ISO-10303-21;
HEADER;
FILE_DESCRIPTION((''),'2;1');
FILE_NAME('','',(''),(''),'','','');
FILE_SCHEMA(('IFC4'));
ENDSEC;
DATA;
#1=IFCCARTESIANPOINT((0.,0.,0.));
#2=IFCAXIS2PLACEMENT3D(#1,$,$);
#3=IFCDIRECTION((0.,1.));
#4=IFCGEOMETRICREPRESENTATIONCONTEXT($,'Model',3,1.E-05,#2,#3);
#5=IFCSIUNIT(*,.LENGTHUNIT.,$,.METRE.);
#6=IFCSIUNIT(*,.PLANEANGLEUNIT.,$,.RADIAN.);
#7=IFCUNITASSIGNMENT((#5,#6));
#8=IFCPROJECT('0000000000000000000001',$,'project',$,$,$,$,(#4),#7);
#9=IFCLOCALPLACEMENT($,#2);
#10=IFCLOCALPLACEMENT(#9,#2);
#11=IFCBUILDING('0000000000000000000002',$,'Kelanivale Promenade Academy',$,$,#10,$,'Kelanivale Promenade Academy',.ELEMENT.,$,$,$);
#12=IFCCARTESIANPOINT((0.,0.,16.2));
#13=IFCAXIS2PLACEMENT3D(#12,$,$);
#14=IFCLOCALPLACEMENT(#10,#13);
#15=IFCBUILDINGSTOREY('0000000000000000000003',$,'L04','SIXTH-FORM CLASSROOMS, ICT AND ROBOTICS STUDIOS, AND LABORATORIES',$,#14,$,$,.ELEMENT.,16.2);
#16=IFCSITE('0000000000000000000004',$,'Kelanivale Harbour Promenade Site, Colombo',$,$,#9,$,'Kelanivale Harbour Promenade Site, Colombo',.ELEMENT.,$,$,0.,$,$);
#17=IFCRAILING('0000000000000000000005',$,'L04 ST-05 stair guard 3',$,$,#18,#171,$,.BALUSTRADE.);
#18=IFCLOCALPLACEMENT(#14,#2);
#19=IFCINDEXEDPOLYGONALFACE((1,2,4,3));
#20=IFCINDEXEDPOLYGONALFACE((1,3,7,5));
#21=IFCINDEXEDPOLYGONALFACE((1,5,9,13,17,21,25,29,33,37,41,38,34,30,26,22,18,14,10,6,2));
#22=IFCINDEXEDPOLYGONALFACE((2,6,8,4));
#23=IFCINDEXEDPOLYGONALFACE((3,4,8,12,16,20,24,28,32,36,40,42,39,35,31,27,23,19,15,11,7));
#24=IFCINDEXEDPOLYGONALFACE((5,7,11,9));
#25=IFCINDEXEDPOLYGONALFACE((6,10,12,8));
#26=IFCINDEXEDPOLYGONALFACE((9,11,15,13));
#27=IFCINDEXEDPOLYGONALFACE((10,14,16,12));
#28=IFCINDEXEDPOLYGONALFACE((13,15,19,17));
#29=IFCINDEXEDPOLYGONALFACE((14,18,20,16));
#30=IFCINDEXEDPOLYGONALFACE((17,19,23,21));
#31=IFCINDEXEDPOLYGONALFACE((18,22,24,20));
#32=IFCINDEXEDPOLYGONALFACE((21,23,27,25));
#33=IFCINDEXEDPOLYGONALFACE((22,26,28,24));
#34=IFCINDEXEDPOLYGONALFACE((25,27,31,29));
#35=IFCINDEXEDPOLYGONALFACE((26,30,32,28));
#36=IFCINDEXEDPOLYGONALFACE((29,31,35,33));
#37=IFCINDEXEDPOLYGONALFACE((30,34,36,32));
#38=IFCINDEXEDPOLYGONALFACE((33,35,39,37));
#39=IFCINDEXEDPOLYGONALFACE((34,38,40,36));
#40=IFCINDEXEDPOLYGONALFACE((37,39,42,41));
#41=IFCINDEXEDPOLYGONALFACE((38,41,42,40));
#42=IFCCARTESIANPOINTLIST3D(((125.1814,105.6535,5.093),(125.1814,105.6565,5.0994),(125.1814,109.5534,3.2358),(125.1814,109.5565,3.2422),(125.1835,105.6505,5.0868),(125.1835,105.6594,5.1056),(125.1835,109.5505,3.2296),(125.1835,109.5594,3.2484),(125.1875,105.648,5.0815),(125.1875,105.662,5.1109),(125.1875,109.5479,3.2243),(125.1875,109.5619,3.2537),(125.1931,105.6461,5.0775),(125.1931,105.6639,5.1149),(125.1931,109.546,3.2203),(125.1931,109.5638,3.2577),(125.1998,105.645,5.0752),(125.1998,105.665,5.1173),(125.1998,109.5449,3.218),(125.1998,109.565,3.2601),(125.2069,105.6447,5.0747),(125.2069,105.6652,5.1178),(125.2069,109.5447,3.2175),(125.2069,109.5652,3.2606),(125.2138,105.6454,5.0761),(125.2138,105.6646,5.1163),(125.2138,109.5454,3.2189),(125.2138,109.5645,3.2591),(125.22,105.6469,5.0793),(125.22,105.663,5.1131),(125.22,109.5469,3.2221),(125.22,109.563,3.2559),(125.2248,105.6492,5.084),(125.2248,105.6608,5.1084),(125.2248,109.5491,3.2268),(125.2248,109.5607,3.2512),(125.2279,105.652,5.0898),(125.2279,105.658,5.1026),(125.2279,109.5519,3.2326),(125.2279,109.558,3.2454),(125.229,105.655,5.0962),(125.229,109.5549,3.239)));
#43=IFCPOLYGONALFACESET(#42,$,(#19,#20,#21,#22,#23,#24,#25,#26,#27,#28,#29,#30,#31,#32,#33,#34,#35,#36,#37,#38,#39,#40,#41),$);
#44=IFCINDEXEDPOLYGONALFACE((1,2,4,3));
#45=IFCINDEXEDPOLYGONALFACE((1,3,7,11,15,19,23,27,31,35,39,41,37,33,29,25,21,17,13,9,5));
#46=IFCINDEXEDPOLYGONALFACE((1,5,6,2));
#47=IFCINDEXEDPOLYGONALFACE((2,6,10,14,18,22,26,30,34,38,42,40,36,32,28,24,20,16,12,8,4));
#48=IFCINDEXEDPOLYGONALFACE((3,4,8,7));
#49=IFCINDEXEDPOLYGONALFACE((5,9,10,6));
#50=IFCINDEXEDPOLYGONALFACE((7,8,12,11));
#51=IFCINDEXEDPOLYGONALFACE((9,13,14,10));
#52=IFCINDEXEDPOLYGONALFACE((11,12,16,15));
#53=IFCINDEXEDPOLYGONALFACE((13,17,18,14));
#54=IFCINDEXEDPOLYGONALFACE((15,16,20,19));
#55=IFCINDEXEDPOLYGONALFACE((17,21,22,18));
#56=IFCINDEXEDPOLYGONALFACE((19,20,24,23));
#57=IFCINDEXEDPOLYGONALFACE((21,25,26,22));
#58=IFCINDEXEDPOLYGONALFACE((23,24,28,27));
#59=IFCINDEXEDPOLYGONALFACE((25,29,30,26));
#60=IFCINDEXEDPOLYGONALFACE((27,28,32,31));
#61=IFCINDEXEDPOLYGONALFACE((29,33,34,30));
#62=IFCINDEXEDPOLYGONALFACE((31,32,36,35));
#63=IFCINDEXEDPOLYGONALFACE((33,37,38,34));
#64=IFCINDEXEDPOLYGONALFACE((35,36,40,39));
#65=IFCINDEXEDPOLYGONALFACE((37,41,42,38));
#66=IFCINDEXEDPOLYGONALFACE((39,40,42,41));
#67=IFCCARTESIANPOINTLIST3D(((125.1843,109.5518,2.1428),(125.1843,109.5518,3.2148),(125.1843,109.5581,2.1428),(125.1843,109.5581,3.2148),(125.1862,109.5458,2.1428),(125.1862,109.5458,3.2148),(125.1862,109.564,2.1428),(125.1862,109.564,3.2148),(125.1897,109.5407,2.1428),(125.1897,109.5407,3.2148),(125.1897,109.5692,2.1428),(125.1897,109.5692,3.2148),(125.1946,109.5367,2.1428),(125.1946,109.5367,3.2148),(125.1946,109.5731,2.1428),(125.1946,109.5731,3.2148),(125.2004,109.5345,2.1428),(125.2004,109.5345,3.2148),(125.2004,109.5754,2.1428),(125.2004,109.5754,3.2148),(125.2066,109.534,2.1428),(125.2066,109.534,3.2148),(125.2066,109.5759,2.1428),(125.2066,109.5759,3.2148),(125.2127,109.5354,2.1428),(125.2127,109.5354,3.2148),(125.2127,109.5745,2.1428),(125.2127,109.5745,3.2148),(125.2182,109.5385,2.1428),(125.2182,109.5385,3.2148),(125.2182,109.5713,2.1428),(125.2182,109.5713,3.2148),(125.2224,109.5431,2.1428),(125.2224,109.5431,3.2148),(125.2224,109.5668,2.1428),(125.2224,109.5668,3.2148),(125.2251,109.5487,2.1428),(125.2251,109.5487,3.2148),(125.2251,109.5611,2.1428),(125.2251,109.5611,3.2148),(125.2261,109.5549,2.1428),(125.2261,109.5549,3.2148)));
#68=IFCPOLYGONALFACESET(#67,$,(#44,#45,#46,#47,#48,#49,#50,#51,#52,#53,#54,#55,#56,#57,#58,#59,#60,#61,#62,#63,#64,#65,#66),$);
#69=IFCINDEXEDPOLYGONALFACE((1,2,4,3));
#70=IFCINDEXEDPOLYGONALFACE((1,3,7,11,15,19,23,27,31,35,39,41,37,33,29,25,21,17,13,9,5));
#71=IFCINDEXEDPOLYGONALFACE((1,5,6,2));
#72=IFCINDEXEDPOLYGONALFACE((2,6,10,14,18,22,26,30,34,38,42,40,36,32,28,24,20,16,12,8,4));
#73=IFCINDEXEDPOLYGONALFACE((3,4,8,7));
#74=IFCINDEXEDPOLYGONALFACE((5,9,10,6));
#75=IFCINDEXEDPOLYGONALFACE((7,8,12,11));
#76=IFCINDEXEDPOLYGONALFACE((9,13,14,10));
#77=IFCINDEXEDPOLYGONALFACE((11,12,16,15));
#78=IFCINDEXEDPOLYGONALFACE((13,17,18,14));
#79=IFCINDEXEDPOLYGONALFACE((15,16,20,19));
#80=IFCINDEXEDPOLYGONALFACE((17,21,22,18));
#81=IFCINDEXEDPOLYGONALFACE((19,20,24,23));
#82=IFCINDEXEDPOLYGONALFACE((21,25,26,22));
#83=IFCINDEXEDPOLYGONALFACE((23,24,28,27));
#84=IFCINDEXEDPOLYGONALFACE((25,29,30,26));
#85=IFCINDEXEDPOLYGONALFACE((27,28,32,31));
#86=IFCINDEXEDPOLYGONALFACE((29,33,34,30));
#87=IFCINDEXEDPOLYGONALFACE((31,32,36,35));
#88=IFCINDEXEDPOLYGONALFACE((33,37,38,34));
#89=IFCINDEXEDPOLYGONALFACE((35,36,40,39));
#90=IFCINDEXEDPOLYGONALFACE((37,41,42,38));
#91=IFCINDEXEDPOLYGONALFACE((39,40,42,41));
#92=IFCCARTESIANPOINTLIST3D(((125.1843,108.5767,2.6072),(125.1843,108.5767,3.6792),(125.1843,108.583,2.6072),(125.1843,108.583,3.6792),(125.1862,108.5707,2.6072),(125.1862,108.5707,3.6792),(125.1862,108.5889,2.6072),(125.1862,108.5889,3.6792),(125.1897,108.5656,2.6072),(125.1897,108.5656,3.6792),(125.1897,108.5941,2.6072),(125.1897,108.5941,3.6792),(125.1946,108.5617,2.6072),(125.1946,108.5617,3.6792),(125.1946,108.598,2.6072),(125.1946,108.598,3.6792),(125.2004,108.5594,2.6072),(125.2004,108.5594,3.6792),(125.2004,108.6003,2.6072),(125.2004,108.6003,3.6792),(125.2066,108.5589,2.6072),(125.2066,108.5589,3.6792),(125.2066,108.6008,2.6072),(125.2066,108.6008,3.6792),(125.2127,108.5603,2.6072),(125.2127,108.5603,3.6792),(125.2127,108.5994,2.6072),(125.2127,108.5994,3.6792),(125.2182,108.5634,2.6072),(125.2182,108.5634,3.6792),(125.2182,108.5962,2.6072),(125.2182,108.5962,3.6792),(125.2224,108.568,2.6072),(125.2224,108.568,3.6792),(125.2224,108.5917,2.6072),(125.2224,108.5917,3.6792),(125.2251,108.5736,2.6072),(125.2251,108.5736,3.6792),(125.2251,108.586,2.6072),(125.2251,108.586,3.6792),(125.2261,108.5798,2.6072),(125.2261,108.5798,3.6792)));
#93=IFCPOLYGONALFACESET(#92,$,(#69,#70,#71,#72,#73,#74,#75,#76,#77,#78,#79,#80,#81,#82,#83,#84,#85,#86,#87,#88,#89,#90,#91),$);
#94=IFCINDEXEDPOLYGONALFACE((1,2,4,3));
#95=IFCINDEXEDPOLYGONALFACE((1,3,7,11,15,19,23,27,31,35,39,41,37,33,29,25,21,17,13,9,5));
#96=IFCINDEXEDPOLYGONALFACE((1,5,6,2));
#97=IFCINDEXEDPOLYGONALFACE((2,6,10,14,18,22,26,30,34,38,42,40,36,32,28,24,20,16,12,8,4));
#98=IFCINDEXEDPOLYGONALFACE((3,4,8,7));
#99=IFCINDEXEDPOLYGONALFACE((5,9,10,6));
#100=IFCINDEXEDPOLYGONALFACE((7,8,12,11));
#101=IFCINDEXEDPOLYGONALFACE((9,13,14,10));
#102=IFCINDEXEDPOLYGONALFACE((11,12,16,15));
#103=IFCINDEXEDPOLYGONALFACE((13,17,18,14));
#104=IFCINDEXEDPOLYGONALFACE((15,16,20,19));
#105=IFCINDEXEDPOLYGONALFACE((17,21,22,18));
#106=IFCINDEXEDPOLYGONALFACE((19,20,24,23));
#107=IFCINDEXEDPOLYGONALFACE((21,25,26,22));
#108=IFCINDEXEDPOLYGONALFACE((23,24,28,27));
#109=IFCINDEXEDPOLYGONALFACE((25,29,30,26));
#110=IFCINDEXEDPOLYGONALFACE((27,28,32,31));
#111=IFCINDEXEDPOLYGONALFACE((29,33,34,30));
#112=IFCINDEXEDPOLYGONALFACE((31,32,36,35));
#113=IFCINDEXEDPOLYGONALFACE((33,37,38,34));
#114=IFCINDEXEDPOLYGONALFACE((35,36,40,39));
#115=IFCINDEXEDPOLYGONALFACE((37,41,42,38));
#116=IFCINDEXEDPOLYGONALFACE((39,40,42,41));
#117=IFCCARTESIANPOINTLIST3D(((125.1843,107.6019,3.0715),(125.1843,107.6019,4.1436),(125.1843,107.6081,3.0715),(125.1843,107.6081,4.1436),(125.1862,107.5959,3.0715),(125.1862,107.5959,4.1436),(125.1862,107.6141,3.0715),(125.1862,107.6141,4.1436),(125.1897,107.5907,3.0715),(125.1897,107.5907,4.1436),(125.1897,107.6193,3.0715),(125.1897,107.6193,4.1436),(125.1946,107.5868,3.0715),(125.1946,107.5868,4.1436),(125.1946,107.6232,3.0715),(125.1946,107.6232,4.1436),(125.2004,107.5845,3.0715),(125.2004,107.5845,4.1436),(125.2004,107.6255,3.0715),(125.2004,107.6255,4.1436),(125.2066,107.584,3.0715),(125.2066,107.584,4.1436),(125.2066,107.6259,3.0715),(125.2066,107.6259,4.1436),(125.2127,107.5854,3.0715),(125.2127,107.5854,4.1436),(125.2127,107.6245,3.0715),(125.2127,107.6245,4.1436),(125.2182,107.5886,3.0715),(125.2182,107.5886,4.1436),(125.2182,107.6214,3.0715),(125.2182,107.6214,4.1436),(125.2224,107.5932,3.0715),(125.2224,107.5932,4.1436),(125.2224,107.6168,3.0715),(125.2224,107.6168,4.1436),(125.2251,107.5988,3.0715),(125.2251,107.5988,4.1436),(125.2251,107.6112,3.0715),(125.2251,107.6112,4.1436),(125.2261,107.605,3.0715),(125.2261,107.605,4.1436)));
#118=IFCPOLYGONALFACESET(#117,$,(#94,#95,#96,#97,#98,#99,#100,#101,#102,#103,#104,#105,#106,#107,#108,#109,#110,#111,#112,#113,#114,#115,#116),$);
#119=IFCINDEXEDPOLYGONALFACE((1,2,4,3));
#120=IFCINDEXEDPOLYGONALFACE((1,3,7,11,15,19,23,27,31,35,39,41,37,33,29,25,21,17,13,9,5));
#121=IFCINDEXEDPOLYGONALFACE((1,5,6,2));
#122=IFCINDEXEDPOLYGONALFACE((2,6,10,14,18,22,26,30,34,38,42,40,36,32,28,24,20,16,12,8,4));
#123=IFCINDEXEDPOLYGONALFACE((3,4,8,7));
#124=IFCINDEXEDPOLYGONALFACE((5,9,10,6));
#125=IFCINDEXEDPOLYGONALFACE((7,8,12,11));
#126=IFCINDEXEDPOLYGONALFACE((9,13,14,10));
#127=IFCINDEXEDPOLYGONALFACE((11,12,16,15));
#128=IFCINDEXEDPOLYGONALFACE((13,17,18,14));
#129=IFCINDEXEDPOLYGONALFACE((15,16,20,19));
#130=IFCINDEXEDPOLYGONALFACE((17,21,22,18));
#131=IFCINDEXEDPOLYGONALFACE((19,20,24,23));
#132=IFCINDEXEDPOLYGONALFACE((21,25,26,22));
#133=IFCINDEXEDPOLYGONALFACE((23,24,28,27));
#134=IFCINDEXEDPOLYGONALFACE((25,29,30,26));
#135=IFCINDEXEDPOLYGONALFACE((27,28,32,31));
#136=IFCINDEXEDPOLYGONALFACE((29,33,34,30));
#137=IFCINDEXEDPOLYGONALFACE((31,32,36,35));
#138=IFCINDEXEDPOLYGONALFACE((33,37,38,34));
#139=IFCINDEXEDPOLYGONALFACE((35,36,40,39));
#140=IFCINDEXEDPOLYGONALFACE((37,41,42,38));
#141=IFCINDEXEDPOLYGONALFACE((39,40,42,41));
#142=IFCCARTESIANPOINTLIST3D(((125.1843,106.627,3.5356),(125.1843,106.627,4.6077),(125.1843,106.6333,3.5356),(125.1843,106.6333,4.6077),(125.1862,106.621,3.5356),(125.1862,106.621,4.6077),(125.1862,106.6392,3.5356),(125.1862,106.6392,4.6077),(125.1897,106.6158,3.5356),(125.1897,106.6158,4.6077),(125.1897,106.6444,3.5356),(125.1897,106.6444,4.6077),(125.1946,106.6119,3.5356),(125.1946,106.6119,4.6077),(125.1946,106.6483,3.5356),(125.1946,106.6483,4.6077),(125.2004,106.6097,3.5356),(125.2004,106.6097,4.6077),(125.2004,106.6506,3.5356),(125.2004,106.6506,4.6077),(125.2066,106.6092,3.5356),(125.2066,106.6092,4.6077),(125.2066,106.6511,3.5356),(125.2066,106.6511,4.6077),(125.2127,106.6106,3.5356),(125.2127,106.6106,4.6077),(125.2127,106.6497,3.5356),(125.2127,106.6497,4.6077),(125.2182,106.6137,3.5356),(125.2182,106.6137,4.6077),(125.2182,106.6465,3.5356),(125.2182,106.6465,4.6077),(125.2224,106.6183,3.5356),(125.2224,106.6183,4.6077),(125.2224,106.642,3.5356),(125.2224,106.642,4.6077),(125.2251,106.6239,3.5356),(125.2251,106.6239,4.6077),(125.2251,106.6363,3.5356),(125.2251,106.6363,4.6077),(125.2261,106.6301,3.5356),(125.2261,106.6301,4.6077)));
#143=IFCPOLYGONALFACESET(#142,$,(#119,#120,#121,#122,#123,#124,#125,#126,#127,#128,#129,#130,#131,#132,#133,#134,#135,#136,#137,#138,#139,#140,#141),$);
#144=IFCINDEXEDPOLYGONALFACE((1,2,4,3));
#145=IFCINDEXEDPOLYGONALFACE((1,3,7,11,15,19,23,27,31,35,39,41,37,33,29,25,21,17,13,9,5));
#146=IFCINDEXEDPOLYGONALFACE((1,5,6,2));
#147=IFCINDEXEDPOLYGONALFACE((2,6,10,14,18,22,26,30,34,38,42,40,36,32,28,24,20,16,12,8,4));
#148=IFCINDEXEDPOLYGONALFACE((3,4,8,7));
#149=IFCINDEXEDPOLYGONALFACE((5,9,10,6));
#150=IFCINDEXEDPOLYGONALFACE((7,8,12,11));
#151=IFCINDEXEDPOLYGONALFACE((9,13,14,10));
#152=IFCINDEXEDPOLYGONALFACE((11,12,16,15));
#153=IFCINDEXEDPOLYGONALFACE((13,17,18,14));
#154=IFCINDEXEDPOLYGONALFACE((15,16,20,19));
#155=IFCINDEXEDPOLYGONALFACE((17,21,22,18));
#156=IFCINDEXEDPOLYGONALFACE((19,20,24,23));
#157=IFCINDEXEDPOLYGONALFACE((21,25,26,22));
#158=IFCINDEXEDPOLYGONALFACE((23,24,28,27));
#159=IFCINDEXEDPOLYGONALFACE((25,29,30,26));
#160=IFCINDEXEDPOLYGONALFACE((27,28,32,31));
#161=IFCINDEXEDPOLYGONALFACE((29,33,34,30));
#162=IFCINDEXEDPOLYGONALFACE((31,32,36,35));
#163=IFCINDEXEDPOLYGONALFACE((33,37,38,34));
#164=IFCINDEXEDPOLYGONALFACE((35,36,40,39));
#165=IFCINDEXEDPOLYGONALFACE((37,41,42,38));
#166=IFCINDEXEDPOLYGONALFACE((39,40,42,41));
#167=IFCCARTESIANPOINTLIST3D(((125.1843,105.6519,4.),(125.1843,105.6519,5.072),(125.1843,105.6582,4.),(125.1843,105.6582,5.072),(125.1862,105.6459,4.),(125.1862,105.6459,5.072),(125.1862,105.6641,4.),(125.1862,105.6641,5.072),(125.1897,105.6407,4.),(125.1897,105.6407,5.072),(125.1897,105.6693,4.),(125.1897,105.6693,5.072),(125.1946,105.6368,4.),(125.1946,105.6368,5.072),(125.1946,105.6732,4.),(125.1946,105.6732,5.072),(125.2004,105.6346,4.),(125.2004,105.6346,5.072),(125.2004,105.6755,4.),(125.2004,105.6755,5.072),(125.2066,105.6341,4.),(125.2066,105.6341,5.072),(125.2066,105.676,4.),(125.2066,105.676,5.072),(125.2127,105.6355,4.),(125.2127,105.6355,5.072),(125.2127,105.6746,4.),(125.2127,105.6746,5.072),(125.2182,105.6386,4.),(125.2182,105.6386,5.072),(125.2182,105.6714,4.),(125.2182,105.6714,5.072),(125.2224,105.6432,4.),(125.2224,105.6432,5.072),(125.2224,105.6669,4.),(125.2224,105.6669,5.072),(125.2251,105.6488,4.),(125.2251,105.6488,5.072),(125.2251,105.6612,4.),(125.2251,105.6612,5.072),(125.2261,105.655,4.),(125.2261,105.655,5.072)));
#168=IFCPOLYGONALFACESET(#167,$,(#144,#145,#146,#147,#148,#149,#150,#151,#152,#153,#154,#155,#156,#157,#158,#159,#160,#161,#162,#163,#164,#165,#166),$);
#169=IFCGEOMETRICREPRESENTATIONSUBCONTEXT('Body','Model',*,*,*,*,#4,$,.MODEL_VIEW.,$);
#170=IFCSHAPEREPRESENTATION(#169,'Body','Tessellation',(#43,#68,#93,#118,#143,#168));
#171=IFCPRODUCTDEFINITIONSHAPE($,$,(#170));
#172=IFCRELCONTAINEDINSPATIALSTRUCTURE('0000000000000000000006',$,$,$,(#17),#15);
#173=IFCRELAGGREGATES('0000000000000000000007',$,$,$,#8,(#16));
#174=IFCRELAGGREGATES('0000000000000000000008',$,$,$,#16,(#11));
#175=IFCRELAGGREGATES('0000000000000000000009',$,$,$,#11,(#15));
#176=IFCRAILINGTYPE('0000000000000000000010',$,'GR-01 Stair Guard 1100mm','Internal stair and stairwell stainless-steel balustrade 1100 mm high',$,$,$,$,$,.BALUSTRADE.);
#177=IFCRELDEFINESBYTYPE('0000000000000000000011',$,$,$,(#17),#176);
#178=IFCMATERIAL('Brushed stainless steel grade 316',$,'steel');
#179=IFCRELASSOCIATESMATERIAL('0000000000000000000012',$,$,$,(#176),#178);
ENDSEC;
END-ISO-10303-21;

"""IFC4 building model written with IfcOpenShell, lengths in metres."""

from ifc_helpers import new_model, si_unit, direction, frame, origin, origin_2d, place, context, subcontext, project, spatial, circle, extrude, material, type_object, element, save


model = new_model("IFC4")

# Units and contexts
model_context = context("Model", 3, precision=1e-05, world=origin(), true_north=direction((0.0, 1.0)))
body_context = subcontext(model_context, "Body", "Model", "MODEL_VIEW")
ifc_project = project(units=[si_unit("LENGTHUNIT", "METRE"), si_unit("PLANEANGLEUNIT", "RADIAN")], contexts=[model_context])

# Site, building, storey
site_placement = place(None, origin())
site = spatial("IfcSite", under=ifc_project, at=site_placement, Name="Kelanivale Harbour Promenade Site, Colombo", LongName="Kelanivale Harbour Promenade Site, Colombo", CompositionType="ELEMENT", RefElevation=0.0)
building_placement = place(site_placement, origin())
building = spatial("IfcBuilding", under=site, at=building_placement, Name="Kelanivale Promenade Academy", LongName="Kelanivale Promenade Academy", CompositionType="ELEMENT")
storey_placement = place(building_placement, frame((0.0, 0.0, 16.2)))
storey = spatial("IfcBuildingStorey", under=building, at=storey_placement, Name="L04", Description="SIXTH-FORM CLASSROOMS, ICT AND ROBOTICS STUDIOS, AND LABORATORIES", CompositionType="ELEMENT", Elevation=16.2)

# Railing
ifc_material_1 = material(Name="Brushed stainless steel grade 316", Category="steel")
railing_type_1 = type_object("IfcRailingType", Name="GR-01 Stair Guard 1100mm", Description="Internal stair and stairwell stainless-steel balustrade 1100 mm high", PredefinedType="BALUSTRADE", material=ifc_material_1)
railing_1_placement = place(storey_placement, frame((125.2051, 109.5549, 2.1428)))
element("IfcRailing", 1, at=railing_1_placement, inside=storey, type_object=railing_type_1, Name="L04 ST-05 stair guard 3", PredefinedType="BALUSTRADE", context=body_context, shape_type="SweptSolid", body=[
    extrude(circle(Radius=0.0239, at=origin_2d()), frame((0.0, 0.0, 1.0962), z_axis=(0.0, -0.902853, 0.429949), x_axis=(1.0, 0.0, 0.0)), (0.0, 0.0, 1.0), 4.3196),
    extrude(circle(Radius=0.021, at=origin_2d()), origin(), (0.0, 0.0, 1.0), 1.072),
    extrude(circle(Radius=0.021, at=origin_2d()), frame((0.0, -0.9751, 0.4644)), (0.0, 0.0, 1.0), 1.072),
    extrude(circle(Radius=0.021, at=origin_2d()), frame((0.0, -1.95, 0.9287)), (0.0, 0.0, 1.0), 1.072),
    extrude(circle(Radius=0.021, at=origin_2d()), frame((0.0, -2.9248, 1.3928)), (0.0, 0.0, 1.0), 1.072),
    extrude(circle(Radius=0.021, at=origin_2d()), frame((0.0, -3.8999, 1.8572)), (0.0, 0.0, 1.0), 1.072),
])

save(model, "model.ifc")
